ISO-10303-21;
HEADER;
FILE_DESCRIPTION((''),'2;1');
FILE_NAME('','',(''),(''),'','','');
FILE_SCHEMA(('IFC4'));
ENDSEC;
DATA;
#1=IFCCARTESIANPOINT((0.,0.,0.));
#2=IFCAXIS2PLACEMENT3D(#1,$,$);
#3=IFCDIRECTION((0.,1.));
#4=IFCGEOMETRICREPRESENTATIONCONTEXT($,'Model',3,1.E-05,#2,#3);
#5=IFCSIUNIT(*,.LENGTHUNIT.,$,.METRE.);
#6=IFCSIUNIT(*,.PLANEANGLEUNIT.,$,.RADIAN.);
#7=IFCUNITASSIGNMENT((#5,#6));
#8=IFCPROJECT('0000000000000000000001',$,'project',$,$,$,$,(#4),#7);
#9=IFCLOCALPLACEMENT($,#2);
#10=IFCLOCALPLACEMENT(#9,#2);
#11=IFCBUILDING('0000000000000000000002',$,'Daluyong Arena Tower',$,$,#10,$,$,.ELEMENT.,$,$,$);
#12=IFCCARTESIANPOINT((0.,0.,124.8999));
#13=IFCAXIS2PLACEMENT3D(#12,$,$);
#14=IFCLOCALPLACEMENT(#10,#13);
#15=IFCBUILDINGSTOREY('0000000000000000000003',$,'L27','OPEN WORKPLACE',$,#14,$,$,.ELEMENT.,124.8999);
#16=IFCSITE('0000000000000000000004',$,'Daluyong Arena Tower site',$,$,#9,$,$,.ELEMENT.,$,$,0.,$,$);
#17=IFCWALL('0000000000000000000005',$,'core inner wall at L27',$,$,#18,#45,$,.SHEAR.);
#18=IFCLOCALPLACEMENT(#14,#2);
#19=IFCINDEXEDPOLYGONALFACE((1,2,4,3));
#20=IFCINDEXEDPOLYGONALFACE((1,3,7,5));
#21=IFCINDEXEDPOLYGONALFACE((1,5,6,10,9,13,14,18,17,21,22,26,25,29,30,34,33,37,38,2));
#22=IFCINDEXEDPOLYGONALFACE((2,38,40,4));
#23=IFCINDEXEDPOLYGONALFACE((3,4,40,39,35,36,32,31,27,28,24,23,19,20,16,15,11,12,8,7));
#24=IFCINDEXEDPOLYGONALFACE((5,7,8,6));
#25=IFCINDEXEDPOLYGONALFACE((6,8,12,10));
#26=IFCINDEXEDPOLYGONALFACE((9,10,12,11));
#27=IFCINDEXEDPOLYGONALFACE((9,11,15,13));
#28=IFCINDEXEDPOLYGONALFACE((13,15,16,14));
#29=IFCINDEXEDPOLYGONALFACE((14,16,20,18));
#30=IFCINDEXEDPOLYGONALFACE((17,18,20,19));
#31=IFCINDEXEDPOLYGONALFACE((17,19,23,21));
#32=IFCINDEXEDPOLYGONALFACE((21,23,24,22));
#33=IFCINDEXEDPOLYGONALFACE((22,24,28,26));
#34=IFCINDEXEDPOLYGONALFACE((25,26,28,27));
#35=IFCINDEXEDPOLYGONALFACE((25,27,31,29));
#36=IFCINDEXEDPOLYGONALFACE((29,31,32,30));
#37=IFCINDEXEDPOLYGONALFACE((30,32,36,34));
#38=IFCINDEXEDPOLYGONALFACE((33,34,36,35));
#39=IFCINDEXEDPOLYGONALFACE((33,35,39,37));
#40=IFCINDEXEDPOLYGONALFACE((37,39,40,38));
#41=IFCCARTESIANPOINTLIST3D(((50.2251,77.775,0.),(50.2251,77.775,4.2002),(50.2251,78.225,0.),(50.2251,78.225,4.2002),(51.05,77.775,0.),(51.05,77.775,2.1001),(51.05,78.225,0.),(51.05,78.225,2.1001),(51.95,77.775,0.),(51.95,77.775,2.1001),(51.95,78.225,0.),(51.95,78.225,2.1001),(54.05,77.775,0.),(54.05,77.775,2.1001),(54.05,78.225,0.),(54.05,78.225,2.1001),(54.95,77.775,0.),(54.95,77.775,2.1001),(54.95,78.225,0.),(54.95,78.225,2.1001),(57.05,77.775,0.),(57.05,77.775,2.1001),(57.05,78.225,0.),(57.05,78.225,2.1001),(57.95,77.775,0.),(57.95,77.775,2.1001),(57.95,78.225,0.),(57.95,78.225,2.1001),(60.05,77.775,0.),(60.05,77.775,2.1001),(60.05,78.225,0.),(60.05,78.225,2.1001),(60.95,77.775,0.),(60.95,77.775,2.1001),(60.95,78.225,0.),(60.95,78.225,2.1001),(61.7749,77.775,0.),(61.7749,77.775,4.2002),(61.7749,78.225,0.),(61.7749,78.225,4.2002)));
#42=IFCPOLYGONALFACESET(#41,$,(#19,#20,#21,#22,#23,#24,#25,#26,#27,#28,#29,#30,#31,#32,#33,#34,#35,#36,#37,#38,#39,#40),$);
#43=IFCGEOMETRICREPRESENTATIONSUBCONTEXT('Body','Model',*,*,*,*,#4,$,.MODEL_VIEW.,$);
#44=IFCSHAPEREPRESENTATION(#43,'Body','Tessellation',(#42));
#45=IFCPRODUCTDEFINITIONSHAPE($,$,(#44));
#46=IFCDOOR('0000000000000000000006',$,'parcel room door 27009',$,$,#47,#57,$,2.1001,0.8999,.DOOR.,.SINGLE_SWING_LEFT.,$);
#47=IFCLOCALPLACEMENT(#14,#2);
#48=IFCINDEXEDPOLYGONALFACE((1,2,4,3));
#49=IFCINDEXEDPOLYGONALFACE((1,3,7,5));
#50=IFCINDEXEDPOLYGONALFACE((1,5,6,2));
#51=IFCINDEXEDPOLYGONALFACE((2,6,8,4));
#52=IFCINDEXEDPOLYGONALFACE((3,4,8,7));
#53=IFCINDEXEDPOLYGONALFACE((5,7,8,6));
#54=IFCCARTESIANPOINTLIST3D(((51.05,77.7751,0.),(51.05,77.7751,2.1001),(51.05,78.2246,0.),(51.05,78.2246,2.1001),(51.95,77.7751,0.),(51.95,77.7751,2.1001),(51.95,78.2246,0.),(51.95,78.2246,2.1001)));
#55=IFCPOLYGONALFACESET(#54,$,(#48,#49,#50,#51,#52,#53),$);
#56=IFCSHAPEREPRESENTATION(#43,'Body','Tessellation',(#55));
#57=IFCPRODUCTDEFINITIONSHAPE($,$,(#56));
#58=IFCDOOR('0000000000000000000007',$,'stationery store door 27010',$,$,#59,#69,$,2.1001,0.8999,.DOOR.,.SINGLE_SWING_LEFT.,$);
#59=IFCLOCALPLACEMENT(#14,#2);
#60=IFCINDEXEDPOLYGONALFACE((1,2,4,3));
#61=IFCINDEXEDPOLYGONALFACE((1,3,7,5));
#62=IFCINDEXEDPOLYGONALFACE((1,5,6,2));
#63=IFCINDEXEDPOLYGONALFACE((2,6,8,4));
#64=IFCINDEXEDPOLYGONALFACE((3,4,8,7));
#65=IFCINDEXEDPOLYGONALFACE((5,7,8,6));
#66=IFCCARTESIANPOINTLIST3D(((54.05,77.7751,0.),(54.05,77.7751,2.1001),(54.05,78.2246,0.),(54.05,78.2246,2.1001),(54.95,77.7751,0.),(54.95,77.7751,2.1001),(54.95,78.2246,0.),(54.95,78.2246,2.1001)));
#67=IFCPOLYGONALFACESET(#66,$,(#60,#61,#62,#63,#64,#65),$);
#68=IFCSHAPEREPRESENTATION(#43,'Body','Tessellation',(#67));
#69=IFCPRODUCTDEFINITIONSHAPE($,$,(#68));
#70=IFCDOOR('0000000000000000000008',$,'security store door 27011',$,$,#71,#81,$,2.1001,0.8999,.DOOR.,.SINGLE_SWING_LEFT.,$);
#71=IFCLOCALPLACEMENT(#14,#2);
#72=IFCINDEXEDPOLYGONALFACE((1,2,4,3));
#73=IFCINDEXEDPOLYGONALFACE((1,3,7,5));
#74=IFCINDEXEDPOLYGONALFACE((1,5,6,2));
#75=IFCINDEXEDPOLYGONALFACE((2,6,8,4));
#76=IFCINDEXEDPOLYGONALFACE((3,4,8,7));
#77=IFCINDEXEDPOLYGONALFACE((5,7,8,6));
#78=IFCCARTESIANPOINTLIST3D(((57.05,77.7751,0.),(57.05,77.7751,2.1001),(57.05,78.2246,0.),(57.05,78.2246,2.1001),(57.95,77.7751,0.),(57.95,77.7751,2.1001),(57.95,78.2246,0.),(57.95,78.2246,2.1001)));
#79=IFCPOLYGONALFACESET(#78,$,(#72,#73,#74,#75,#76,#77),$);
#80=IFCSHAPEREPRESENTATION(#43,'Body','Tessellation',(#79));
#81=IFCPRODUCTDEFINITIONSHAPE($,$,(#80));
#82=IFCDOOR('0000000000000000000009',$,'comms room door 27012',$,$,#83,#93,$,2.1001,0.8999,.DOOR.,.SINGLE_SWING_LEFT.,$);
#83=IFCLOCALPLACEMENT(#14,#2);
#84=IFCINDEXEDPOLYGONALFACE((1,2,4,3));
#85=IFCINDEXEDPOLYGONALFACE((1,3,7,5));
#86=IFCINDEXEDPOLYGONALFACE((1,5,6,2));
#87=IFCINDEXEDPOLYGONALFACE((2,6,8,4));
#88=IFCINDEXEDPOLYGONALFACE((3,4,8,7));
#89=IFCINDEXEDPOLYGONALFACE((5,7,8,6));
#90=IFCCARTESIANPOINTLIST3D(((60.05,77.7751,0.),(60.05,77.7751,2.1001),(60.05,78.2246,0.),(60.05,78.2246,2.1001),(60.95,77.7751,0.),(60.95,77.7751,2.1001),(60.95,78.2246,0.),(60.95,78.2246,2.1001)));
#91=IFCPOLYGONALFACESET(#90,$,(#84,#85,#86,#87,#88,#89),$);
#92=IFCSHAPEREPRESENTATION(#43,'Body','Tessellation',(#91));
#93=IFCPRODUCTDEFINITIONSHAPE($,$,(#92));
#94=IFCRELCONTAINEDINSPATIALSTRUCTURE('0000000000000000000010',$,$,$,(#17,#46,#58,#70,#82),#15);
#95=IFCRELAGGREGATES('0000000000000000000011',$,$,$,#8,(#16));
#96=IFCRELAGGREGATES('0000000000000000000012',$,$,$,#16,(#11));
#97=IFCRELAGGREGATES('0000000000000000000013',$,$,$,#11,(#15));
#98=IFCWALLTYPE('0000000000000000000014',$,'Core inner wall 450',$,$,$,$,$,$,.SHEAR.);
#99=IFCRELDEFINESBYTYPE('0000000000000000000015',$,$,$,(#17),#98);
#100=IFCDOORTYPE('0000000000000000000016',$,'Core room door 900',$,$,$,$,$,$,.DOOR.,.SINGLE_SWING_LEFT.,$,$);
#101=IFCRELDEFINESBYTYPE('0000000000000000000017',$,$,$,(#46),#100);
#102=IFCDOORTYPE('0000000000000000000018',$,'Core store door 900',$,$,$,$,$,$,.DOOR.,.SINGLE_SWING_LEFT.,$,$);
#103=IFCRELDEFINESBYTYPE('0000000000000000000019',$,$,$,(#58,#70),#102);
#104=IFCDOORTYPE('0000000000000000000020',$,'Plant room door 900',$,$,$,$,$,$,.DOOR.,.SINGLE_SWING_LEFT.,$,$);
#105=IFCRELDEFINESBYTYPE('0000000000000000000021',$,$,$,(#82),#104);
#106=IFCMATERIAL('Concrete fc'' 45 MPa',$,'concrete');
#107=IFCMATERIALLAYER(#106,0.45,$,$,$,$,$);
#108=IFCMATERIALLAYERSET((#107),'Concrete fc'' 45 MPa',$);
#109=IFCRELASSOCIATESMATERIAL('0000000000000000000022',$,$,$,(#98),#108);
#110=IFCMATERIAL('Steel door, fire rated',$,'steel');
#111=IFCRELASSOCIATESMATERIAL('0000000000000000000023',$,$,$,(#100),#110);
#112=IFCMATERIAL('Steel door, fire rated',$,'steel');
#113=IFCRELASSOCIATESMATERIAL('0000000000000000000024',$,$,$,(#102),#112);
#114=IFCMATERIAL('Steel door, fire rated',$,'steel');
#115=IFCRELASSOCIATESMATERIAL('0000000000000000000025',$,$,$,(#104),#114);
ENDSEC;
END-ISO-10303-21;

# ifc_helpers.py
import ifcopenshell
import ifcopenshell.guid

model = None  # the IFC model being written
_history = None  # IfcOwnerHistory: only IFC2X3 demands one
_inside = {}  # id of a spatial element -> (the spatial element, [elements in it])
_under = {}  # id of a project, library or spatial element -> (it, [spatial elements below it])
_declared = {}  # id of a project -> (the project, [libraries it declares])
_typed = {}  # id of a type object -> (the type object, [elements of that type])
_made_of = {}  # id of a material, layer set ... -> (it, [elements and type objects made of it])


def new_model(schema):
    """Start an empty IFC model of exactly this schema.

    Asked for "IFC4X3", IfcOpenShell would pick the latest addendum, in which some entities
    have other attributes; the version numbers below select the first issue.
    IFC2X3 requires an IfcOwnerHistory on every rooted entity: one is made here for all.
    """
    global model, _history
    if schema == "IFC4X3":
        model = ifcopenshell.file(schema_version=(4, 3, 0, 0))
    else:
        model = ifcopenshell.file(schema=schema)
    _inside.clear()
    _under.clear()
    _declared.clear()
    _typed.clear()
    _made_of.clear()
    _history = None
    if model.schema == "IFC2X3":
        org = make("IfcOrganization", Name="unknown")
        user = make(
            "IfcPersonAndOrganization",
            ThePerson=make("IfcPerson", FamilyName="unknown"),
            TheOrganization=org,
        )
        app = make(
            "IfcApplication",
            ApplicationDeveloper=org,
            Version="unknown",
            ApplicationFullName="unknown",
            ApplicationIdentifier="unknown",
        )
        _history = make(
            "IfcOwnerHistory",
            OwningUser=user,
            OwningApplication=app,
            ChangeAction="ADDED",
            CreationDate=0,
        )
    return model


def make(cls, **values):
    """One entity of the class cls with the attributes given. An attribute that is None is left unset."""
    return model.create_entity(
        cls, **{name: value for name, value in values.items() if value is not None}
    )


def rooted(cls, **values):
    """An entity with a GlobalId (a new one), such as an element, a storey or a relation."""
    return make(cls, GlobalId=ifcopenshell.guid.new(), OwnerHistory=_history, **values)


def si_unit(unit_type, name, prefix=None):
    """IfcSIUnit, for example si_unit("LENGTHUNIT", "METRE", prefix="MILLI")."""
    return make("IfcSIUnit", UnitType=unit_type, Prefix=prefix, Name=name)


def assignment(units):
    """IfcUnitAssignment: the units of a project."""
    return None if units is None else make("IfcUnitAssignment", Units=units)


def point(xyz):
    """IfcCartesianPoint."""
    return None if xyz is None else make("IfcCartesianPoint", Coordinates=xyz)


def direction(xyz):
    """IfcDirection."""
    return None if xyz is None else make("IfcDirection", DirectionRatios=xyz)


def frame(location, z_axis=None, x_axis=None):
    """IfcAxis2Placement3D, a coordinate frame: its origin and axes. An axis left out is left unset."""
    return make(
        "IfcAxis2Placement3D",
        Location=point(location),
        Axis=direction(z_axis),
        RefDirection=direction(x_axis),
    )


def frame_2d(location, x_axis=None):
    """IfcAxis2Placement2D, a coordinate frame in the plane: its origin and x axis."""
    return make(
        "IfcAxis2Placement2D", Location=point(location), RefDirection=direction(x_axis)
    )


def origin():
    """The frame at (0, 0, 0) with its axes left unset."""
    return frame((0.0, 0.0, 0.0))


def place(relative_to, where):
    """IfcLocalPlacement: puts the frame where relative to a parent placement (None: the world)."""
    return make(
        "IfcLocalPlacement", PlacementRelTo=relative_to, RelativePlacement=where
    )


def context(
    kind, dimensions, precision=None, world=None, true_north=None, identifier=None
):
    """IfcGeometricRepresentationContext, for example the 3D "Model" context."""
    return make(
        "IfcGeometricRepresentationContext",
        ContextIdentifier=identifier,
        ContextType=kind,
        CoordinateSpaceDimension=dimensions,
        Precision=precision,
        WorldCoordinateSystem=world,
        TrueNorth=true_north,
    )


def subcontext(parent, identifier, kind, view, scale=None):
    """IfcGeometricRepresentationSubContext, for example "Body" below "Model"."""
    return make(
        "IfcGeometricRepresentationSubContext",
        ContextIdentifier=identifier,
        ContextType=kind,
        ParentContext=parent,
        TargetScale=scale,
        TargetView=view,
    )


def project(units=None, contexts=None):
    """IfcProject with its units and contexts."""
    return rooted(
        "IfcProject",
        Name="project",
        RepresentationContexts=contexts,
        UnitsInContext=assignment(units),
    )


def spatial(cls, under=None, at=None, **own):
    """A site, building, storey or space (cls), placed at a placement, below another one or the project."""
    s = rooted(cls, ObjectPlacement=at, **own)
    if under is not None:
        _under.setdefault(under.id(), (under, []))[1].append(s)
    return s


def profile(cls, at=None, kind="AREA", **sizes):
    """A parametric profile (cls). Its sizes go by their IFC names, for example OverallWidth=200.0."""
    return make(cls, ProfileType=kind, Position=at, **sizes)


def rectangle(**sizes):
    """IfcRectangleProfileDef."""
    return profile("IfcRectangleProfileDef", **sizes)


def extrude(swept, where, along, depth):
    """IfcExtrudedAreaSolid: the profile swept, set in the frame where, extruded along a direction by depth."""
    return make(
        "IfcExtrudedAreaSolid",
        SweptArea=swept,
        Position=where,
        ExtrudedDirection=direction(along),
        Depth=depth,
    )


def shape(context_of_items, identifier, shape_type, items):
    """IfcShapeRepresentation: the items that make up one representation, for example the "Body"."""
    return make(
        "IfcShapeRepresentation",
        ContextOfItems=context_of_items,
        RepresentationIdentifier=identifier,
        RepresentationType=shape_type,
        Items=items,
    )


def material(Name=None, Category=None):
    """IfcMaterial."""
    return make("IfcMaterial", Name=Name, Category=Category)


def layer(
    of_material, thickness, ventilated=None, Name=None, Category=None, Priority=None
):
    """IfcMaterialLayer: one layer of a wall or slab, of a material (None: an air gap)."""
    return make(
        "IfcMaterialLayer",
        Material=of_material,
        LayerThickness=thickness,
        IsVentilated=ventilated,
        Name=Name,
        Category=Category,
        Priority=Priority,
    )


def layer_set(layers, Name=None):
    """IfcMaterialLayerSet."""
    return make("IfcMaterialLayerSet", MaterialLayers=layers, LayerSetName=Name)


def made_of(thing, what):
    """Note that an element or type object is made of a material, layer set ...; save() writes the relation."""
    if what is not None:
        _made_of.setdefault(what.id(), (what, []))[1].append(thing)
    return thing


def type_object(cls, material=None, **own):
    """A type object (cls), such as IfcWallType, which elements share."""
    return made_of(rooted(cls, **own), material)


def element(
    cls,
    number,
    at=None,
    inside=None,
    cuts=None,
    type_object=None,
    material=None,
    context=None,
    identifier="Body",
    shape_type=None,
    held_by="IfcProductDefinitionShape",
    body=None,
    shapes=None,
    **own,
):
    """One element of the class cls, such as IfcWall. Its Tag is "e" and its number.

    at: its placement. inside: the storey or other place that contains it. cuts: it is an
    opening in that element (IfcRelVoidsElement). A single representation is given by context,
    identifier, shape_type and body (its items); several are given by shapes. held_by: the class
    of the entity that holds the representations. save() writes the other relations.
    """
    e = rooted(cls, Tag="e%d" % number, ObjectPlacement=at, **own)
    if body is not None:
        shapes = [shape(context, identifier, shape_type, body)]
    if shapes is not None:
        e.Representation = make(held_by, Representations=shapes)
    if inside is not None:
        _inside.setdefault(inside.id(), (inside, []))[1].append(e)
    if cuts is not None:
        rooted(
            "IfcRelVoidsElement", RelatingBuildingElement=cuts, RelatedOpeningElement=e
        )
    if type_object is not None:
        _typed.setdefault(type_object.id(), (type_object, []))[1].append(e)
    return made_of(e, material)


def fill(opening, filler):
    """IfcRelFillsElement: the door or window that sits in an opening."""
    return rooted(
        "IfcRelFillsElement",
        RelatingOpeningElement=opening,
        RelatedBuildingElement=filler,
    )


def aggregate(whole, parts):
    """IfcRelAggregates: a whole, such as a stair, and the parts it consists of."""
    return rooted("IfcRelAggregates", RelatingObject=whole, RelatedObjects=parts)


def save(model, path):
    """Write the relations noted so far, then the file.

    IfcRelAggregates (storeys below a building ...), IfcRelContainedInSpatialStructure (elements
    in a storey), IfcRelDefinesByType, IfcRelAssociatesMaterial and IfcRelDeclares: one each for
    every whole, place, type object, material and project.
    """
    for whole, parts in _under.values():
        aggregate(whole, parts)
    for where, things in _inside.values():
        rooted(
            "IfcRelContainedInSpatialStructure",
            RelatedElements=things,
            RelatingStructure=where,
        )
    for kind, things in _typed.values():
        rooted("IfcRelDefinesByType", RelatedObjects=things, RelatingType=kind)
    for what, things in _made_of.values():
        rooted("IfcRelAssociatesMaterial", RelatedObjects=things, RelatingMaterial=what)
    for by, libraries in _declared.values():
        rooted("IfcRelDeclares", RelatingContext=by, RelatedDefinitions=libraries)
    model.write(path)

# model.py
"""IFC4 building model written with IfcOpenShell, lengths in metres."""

from ifc_helpers import new_model, si_unit, direction, frame, frame_2d, origin, place, context, subcontext, project, spatial, rectangle, extrude, material, layer, layer_set, type_object, element, fill, save


model = new_model("IFC4")

# Units and contexts
model_context = context("Model", 3, precision=1e-05, world=origin(), true_north=direction((0.0, 1.0)))
body_context = subcontext(model_context, "Body", "Model", "MODEL_VIEW")
ifc_project = project(units=[si_unit("LENGTHUNIT", "METRE"), si_unit("PLANEANGLEUNIT", "RADIAN")], contexts=[model_context])

# Site, building, storey
site_placement = place(None, origin())
site = spatial("IfcSite", under=ifc_project, at=site_placement, Name="Daluyong Arena Tower site", CompositionType="ELEMENT", RefElevation=0.0)
building_placement = place(site_placement, origin())
building = spatial("IfcBuilding", under=site, at=building_placement, Name="Daluyong Arena Tower", CompositionType="ELEMENT")
storey_placement = place(building_placement, frame((0.0, 0.0, 124.8999)))
storey = spatial("IfcBuildingStorey", under=building, at=storey_placement, Name="L27", Description="OPEN WORKPLACE", CompositionType="ELEMENT", Elevation=124.8999)

# Wall, openings, doors
ifc_material_1 = material(Name="Concrete fc' 45 MPa", Category="concrete")
ifc_layer_1 = layer(ifc_material_1, 0.45)
ifc_layer_set_1 = layer_set([ifc_layer_1], Name="Concrete fc' 45 MPa")
wall_type_1 = type_object("IfcWallType", Name="Core inner wall 450", PredefinedType="SHEAR", material=ifc_layer_set_1)
wall_1_placement = place(storey_placement, frame((50.2251, 78.0, 0.0), z_axis=(0.0, 0.0, 1.0), x_axis=(1.0, 0.0, 0.0)))
wall_1 = element("IfcWall", 1, at=wall_1_placement, inside=storey, type_object=wall_type_1, Name="core inner wall at L27", PredefinedType="SHEAR", context=body_context, shape_type="SweptSolid", body=[
    extrude(rectangle(XDim=11.5498, YDim=0.45, at=frame_2d((5.7749, 0.0))), origin(), (0.0, 0.0, 1.0), 4.2002),
])
opening_1_placement = place(wall_1_placement, frame((0.825, 0.0, 0.0)))
opening_1 = element("IfcOpeningElement", 2, at=opening_1_placement, cuts=wall_1, PredefinedType="OPENING", context=body_context, shape_type="SweptSolid", body=[
    extrude(rectangle(XDim=0.8999, YDim=2.1001, at=frame_2d((0.45, 1.05))), frame((0.0, 0.2349, 0.0), z_axis=(0.0, -1.0, 0.0), x_axis=(1.0, 0.0, 0.0)), (0.0, 0.0, 1.0), 0.47),
])
opening_2_placement = place(wall_1_placement, frame((3.825, 0.0, 0.0)))
opening_2 = element("IfcOpeningElement", 3, at=opening_2_placement, cuts=wall_1, PredefinedType="OPENING", context=body_context, shape_type="SweptSolid", body=[
    extrude(rectangle(XDim=0.8999, YDim=2.1001, at=frame_2d((0.45, 1.05))), frame((0.0, 0.2349, 0.0), z_axis=(0.0, -1.0, 0.0), x_axis=(1.0, 0.0, 0.0)), (0.0, 0.0, 1.0), 0.47),
])
opening_3_placement = place(wall_1_placement, frame((6.825, 0.0, 0.0)))
opening_3 = element("IfcOpeningElement", 4, at=opening_3_placement, cuts=wall_1, PredefinedType="OPENING", context=body_context, shape_type="SweptSolid", body=[
    extrude(rectangle(XDim=0.8999, YDim=2.1001, at=frame_2d((0.45, 1.05))), frame((0.0, 0.2349, 0.0), z_axis=(0.0, -1.0, 0.0), x_axis=(1.0, 0.0, 0.0)), (0.0, 0.0, 1.0), 0.47),
])
opening_4_placement = place(wall_1_placement, frame((9.825, 0.0, 0.0)))
opening_4 = element("IfcOpeningElement", 5, at=opening_4_placement, cuts=wall_1, PredefinedType="OPENING", context=body_context, shape_type="SweptSolid", body=[
    extrude(rectangle(XDim=0.8999, YDim=2.1001, at=frame_2d((0.45, 1.05))), frame((0.0, 0.2349, 0.0), z_axis=(0.0, -1.0, 0.0), x_axis=(1.0, 0.0, 0.0)), (0.0, 0.0, 1.0), 0.47),
])
ifc_material_2 = material(Name="Steel door, fire rated", Category="steel")
door_type_1 = type_object("IfcDoorType", Name="Core room door 900", OperationType="SINGLE_SWING_LEFT", PredefinedType="DOOR", material=ifc_material_2)
door_1_placement = place(opening_1_placement, origin())
door_1 = element("IfcDoor", 6, at=door_1_placement, inside=storey, type_object=door_type_1, Name="parcel room door 27009", OperationType="SINGLE_SWING_LEFT", OverallHeight=2.1001, OverallWidth=0.8999, PredefinedType="DOOR", context=body_context, shape_type="SweptSolid", body=[
    extrude(rectangle(XDim=0.8999, YDim=2.1001, at=frame_2d((0.45, 1.05))), frame((0.0, 0.2246, 0.0), z_axis=(0.0, -1.0, 0.0), x_axis=(1.0, 0.0, 0.0)), (0.0, 0.0, 1.0), 0.4495),
])
fill(opening_1, door_1)
ifc_material_3 = material(Name="Steel door, fire rated", Category="steel")
door_type_2 = type_object("IfcDoorType", Name="Core store door 900", OperationType="SINGLE_SWING_LEFT", PredefinedType="DOOR", material=ifc_material_3)
door_2_placement = place(opening_2_placement, origin())
door_2 = element("IfcDoor", 7, at=door_2_placement, inside=storey, type_object=door_type_2, Name="stationery store door 27010", OperationType="SINGLE_SWING_LEFT", OverallHeight=2.1001, OverallWidth=0.8999, PredefinedType="DOOR", context=body_context, shape_type="SweptSolid", body=[
    extrude(rectangle(XDim=0.8999, YDim=2.1001, at=frame_2d((0.45, 1.05))), frame((0.0, 0.2246, 0.0), z_axis=(0.0, -1.0, 0.0), x_axis=(1.0, 0.0, 0.0)), (0.0, 0.0, 1.0), 0.4495),
])
fill(opening_2, door_2)
door_3_placement = place(opening_3_placement, origin())
door_3 = element("IfcDoor", 8, at=door_3_placement, inside=storey, type_object=door_type_2, Name="security store door 27011", OperationType="SINGLE_SWING_LEFT", OverallHeight=2.1001, OverallWidth=0.8999, PredefinedType="DOOR", context=body_context, shape_type="SweptSolid", body=[
    extrude(rectangle(XDim=0.8999, YDim=2.1001, at=frame_2d((0.45, 1.05))), frame((0.0, 0.2246, 0.0), z_axis=(0.0, -1.0, 0.0), x_axis=(1.0, 0.0, 0.0)), (0.0, 0.0, 1.0), 0.4495),
])
fill(opening_3, door_3)
ifc_material_4 = material(Name="Steel door, fire rated", Category="steel")
door_type_3 = type_object("IfcDoorType", Name="Plant room door 900", OperationType="SINGLE_SWING_LEFT", PredefinedType="DOOR", material=ifc_material_4)
door_4_placement = place(opening_4_placement, origin())
door_4 = element("IfcDoor", 9, at=door_4_placement, inside=storey, type_object=door_type_3, Name="comms room door 27012", OperationType="SINGLE_SWING_LEFT", OverallHeight=2.1001, OverallWidth=0.8999, PredefinedType="DOOR", context=body_context, shape_type="SweptSolid", body=[
    extrude(rectangle(XDim=0.8999, YDim=2.1001, at=frame_2d((0.45, 1.05))), frame((0.0, 0.2246, 0.0), z_axis=(0.0, -1.0, 0.0), x_axis=(1.0, 0.0, 0.0)), (0.0, 0.0, 1.0), 0.4495),
])
fill(opening_4, door_4)

save(model, "model.ifc")
